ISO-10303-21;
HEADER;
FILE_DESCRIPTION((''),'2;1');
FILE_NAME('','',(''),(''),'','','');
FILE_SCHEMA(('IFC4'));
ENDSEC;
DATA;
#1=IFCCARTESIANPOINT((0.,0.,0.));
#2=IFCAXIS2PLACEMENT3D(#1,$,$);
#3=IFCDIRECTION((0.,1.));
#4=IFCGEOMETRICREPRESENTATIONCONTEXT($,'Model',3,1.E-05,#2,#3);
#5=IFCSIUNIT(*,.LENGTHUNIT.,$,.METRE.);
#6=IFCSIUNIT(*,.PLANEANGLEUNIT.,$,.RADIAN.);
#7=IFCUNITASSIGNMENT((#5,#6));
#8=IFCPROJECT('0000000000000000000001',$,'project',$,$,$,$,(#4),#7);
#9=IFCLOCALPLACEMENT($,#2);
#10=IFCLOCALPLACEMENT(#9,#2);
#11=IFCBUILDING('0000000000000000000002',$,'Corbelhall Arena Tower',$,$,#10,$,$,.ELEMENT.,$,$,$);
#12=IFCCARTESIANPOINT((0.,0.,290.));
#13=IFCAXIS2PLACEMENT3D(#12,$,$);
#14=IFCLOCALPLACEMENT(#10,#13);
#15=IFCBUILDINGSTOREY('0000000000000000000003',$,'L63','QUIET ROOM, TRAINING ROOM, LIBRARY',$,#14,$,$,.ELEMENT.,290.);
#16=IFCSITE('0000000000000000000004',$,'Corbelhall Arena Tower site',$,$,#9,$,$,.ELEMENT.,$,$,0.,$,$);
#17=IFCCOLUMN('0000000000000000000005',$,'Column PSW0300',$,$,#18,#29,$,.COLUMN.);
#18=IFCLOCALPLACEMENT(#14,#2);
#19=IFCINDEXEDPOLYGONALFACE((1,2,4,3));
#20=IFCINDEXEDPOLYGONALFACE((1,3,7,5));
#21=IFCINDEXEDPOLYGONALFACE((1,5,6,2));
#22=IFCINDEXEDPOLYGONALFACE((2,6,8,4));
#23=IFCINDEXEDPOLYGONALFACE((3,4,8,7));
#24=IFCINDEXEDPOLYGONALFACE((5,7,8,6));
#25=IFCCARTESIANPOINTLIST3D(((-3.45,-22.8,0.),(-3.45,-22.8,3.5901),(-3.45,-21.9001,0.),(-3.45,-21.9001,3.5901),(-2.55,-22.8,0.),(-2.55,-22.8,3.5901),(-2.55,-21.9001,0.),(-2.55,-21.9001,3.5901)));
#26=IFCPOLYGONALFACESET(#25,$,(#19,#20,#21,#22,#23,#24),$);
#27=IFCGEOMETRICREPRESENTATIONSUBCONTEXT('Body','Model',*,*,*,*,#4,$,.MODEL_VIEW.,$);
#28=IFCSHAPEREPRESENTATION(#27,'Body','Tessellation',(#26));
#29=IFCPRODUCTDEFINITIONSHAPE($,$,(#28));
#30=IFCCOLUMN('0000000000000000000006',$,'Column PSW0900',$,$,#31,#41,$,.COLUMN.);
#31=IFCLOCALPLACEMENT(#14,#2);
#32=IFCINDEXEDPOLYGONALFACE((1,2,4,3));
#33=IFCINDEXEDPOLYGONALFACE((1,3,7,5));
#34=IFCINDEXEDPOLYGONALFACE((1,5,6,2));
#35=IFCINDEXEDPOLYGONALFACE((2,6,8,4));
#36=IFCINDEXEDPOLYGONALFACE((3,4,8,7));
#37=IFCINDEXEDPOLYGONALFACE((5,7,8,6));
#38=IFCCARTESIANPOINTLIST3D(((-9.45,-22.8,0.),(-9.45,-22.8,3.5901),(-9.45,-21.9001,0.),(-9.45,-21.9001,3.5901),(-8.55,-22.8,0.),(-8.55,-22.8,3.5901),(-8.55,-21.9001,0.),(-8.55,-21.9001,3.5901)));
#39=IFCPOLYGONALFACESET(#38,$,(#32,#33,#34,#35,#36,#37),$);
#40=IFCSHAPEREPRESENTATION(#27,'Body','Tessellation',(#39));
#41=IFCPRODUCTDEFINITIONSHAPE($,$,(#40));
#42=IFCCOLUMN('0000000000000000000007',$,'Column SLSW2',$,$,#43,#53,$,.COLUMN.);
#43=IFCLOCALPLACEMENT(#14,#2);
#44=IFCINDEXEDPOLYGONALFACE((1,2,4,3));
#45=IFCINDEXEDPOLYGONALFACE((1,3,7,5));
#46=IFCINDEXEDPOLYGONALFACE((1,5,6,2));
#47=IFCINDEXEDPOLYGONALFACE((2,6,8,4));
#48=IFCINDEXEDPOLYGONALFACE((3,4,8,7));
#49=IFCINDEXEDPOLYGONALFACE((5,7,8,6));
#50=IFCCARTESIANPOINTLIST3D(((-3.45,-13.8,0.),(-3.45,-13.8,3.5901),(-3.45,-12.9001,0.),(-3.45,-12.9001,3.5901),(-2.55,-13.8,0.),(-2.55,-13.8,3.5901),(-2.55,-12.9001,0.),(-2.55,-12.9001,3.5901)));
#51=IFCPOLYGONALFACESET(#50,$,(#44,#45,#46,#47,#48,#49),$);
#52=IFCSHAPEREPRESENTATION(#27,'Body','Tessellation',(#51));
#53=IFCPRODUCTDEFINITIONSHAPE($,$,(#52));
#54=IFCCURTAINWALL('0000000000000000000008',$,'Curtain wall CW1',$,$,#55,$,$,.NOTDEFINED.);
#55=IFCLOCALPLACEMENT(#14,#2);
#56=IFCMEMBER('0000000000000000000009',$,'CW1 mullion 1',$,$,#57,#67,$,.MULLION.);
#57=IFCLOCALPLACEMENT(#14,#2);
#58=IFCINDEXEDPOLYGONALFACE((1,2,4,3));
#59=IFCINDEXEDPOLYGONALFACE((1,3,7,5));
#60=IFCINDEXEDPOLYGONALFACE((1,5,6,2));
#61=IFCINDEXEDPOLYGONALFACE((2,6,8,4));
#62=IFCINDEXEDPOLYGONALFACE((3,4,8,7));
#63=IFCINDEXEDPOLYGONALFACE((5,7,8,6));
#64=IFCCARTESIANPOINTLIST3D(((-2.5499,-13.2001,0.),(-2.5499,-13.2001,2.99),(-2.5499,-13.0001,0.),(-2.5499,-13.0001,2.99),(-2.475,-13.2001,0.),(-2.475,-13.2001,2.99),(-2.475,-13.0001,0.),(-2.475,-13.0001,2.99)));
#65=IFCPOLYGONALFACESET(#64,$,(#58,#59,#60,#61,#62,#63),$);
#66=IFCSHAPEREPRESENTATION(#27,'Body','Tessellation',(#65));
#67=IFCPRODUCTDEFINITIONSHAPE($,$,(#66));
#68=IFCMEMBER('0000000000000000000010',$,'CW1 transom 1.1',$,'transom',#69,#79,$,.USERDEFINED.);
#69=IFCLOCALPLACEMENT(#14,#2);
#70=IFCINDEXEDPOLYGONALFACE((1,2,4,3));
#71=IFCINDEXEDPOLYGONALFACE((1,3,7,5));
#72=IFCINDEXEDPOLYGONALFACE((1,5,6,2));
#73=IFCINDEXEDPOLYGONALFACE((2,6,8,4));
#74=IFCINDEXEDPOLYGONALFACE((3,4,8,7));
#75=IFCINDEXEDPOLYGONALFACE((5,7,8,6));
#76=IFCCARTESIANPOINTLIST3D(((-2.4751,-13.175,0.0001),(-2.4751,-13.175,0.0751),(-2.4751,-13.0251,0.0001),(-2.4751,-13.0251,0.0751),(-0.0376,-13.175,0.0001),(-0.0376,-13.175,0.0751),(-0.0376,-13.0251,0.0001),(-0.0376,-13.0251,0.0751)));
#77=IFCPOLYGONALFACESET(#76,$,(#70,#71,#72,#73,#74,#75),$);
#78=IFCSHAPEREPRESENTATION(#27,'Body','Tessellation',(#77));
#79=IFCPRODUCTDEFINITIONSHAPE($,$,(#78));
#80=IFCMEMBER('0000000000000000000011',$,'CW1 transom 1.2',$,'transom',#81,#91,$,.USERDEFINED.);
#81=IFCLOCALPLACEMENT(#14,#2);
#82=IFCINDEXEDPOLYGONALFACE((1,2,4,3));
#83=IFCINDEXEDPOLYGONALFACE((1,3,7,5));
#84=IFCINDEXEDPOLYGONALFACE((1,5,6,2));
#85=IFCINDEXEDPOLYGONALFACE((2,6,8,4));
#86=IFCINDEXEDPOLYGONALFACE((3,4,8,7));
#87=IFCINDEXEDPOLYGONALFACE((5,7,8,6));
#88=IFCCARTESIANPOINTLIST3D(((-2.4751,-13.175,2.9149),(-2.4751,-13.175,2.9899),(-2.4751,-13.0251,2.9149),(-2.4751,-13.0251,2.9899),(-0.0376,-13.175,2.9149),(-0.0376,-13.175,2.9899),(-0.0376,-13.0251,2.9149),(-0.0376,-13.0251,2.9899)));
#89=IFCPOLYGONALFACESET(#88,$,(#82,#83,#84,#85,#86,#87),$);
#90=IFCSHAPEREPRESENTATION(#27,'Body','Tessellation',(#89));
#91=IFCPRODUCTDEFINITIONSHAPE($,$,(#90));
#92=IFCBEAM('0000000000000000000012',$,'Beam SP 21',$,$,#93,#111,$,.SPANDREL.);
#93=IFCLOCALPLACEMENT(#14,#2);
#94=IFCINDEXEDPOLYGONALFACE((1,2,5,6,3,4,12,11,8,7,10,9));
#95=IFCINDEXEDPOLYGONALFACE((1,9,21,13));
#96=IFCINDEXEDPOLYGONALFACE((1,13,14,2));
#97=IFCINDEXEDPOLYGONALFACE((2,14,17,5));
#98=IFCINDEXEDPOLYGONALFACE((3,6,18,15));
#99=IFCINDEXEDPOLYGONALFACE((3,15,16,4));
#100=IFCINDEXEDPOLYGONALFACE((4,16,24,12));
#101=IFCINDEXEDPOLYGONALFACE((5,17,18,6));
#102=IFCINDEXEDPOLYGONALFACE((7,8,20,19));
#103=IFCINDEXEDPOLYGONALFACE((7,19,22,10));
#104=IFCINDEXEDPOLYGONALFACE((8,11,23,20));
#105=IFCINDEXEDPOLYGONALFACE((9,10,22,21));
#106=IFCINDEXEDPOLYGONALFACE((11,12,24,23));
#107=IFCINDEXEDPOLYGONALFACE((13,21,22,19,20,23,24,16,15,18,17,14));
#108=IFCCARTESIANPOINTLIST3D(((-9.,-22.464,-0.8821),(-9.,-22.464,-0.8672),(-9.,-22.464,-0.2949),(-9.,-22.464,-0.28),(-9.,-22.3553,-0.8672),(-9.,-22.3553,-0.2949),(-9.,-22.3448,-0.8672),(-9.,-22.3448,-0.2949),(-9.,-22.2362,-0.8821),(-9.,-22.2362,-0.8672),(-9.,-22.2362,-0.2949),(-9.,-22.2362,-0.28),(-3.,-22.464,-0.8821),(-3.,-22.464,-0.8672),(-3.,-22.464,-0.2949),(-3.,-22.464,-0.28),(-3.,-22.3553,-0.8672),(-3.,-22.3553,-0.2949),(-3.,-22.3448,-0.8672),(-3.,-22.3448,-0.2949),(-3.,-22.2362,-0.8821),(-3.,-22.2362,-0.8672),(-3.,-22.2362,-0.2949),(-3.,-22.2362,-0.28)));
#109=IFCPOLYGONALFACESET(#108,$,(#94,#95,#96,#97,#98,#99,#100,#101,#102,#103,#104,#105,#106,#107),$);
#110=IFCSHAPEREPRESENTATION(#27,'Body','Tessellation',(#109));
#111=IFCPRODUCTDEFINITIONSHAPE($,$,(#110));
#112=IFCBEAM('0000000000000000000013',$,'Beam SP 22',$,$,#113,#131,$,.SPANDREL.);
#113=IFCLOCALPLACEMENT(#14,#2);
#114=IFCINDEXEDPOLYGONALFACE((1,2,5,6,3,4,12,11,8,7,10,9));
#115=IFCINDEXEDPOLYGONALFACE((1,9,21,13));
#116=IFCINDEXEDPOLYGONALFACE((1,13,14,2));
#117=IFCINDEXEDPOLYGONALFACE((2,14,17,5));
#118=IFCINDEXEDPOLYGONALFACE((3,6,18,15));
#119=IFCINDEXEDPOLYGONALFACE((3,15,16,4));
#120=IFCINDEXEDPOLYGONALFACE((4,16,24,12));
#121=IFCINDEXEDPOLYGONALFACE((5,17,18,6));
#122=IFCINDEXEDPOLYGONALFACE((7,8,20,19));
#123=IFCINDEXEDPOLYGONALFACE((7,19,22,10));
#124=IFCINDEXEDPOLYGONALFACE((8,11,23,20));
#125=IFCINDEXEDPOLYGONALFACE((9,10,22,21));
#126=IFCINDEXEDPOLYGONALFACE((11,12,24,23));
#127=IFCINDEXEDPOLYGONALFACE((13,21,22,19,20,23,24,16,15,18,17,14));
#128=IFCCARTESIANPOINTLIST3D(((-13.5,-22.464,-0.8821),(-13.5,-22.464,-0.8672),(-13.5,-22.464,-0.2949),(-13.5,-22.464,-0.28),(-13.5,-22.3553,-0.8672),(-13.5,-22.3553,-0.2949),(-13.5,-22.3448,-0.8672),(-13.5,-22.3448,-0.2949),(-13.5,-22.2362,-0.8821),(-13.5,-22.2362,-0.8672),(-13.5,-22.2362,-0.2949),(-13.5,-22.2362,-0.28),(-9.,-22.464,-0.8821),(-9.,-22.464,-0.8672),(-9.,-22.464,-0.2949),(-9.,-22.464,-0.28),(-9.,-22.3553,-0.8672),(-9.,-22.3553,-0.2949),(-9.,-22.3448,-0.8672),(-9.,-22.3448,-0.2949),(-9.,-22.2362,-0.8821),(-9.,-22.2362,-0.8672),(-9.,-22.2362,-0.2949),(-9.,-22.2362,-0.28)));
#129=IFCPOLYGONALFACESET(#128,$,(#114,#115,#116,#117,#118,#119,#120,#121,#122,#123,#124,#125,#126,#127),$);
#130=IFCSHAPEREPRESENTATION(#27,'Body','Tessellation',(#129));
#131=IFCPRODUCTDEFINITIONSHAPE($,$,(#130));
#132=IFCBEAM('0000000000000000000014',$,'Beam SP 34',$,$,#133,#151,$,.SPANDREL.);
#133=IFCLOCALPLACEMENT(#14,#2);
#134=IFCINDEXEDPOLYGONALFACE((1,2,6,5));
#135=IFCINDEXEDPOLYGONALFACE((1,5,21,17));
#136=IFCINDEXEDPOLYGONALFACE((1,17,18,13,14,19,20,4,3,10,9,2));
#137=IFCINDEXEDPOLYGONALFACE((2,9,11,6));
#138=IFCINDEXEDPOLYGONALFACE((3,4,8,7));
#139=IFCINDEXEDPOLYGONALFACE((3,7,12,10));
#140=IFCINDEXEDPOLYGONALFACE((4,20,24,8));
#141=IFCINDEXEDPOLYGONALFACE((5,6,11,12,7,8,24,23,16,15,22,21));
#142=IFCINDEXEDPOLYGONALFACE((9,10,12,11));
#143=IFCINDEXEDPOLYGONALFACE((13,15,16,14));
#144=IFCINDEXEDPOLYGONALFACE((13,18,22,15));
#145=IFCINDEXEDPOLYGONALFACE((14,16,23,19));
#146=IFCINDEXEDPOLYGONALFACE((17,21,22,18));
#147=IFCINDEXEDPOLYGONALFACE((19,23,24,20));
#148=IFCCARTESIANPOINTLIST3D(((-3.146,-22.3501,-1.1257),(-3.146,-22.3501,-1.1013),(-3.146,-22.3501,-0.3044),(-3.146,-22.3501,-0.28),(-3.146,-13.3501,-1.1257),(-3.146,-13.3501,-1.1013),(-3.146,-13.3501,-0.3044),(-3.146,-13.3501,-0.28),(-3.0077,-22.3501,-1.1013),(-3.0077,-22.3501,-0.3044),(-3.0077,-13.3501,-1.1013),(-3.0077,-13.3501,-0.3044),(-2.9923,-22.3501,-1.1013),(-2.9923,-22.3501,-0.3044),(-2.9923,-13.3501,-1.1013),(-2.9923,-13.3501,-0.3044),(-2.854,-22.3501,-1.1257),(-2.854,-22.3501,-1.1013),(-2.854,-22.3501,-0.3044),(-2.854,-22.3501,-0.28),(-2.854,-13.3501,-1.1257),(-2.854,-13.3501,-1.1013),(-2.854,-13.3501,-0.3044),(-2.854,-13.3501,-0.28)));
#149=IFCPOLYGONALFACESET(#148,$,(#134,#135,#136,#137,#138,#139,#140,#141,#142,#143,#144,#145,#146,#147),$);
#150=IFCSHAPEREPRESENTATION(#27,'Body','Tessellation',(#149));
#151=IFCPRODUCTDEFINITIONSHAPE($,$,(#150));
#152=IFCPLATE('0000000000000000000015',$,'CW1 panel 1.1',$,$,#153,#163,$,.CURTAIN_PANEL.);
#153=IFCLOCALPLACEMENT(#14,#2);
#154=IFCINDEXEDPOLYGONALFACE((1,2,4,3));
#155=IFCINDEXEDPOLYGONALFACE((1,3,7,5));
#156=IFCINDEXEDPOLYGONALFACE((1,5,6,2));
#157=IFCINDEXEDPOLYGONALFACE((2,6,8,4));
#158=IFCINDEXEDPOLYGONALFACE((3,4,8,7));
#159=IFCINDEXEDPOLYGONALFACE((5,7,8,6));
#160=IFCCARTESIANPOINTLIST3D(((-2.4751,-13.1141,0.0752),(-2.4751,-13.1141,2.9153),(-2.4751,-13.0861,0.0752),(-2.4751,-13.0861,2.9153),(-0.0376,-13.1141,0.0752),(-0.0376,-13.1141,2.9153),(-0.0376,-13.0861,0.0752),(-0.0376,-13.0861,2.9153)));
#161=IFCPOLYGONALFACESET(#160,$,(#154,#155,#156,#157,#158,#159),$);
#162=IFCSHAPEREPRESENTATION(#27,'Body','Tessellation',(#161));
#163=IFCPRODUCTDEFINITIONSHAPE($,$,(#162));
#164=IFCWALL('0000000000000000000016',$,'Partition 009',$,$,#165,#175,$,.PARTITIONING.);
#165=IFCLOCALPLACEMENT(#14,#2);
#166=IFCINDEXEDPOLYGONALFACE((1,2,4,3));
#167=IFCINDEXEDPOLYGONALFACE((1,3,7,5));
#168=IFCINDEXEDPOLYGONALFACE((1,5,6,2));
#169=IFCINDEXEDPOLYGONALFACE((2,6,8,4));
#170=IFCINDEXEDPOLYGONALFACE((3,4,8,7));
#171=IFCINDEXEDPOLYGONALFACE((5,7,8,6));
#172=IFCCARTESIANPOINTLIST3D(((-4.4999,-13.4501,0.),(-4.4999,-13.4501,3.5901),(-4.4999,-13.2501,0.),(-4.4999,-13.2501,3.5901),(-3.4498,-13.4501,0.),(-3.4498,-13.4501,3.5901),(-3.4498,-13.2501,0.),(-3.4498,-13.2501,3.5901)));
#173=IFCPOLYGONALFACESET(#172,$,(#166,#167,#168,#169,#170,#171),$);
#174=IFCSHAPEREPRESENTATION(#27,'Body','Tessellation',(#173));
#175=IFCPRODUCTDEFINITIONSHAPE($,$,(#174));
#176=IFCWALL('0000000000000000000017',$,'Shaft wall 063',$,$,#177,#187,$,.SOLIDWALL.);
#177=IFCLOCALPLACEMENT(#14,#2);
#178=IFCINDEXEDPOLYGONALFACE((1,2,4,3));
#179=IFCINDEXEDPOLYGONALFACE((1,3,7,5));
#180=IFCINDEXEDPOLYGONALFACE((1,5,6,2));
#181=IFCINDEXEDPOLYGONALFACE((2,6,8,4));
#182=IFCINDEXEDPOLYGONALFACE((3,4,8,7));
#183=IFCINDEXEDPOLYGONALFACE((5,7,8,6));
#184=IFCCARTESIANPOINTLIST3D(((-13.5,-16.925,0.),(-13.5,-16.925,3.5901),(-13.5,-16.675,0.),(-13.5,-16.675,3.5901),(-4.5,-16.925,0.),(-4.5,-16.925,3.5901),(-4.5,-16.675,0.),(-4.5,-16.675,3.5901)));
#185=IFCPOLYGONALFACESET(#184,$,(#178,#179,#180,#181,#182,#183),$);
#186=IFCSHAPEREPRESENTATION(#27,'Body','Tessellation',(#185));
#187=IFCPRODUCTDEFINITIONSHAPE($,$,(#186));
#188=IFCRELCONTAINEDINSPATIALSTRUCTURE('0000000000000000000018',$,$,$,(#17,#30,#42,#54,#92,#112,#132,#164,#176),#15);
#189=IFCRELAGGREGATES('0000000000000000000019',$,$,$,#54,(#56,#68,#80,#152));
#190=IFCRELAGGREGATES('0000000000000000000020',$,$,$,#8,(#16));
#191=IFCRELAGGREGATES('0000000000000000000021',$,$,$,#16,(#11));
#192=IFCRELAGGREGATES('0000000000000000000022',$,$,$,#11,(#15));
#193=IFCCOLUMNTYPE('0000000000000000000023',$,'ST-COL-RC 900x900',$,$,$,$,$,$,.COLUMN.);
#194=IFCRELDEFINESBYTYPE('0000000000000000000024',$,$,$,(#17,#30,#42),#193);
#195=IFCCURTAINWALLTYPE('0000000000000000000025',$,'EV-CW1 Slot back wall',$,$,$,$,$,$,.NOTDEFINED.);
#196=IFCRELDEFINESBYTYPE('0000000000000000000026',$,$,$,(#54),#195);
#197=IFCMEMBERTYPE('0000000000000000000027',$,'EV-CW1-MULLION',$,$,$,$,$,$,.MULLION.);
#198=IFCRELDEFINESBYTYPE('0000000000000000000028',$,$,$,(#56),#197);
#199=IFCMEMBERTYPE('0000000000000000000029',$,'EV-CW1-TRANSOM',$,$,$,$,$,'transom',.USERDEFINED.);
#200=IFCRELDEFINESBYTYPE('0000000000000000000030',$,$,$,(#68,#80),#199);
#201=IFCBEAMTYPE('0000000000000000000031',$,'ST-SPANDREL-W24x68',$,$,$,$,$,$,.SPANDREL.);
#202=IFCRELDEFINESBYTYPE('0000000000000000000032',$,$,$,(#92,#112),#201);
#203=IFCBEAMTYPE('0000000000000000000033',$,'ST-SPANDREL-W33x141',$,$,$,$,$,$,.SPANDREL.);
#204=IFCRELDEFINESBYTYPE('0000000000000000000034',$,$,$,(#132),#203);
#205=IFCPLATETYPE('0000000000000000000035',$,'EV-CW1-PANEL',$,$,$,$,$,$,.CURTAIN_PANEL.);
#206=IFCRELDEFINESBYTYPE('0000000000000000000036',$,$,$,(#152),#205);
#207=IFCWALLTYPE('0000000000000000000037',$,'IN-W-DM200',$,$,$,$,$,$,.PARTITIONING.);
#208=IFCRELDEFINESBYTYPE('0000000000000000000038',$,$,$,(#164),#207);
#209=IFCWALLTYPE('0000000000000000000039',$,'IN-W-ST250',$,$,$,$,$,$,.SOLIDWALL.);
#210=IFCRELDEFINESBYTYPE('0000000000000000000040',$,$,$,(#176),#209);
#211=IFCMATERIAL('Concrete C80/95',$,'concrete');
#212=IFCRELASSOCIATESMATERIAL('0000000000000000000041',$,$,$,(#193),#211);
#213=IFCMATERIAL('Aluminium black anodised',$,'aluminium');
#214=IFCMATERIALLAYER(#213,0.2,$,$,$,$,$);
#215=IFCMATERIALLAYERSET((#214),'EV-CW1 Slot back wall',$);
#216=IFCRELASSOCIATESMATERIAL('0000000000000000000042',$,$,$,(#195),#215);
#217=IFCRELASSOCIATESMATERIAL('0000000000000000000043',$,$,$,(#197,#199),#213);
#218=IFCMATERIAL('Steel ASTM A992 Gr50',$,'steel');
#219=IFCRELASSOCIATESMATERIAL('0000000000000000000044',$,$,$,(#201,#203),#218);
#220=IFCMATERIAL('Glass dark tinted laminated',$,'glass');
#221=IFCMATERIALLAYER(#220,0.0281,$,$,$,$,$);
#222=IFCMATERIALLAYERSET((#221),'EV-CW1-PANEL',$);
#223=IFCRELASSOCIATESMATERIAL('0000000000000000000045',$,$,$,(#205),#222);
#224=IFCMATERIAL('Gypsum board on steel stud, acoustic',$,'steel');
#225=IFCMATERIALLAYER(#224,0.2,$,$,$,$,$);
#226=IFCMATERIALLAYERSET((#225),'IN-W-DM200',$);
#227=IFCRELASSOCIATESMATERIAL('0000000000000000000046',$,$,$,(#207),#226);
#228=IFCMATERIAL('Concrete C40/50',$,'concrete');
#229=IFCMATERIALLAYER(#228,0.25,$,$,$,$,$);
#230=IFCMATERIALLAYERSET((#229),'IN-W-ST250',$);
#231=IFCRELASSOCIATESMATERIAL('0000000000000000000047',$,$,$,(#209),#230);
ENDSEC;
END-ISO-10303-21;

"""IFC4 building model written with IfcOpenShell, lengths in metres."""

from ifc_helpers import new_model, si_unit, direction, frame, frame_2d, origin, origin_2d, place, context, subcontext, project, spatial, rectangle, i_section, extrude, material, layer, layer_set, material_profile, profile_set, type_object, element, aggregate, save


model = new_model("IFC4")

# Units and contexts
model_context = context("Model", 3, precision=1e-05, world=origin(), true_north=direction((0.0, 1.0)))
body_context = subcontext(model_context, "Body", "Model", "MODEL_VIEW")
ifc_project = project(units=[si_unit("LENGTHUNIT", "METRE"), si_unit("PLANEANGLEUNIT", "RADIAN")], contexts=[model_context])

# Site, building, storey
site_placement = place(None, origin())
site = spatial("IfcSite", under=ifc_project, at=site_placement, Name="Corbelhall Arena Tower site", CompositionType="ELEMENT", RefElevation=0.0)
building_placement = place(site_placement, origin())
building = spatial("IfcBuilding", under=site, at=building_placement, Name="Corbelhall Arena Tower", CompositionType="ELEMENT")
storey_placement = place(building_placement, frame((0.0, 0.0, 290.0)))
storey = spatial("IfcBuildingStorey", under=building, at=storey_placement, Name="L63", Description="QUIET ROOM, TRAINING ROOM, LIBRARY", CompositionType="ELEMENT", Elevation=290.0)

# Columns
ifc_material_1 = material(Name="Concrete C80/95", Category="concrete")
ifc_material_profile_1 = material_profile(ifc_material_1, rectangle(XDim=0.8999, YDim=0.8999, at=origin_2d()))
ifc_profile_set_1 = profile_set([ifc_material_profile_1], Name="Concrete C80/95")
column_type = type_object("IfcColumnType", Name="ST-COL-RC 900x900", PredefinedType="COLUMN", material=ifc_profile_set_1)
for number, where, z_axis, x_axis, name in (
    (1, (-3.0, -22.3501, 0.0), (0.0, 0.0, 1.0), (1.0, 0.0, 0.0), "Column PSW0300"),
    (2, (-9.0, -22.3501, 0.0), (0.0, 0.0, 1.0), (1.0, 0.0, 0.0), "Column PSW0900"),
    (3, (-3.0, -13.3501, 0.0), (0.0, 0.0, 1.0), (1.0, 0.0, 0.0), "Column SLSW2"),
):
    element("IfcColumn", number, at=place(storey_placement, frame(where, z_axis=z_axis, x_axis=x_axis)), inside=storey, type_object=column_type, Name=name, PredefinedType="COLUMN", context=body_context, shape_type="SweptSolid", body=[
        extrude(rectangle(XDim=0.8999, YDim=0.8999, at=origin_2d()), origin(), (0.0, 0.0, 1.0), 3.5901),
    ])

# Curtain wall, members
ifc_material_2 = material(Name="Aluminium black anodised", Category="aluminium")
ifc_layer_1 = layer(ifc_material_2, 0.2)
ifc_layer_set_1 = layer_set([ifc_layer_1], Name="EV-CW1 Slot back wall")
curtain_wall_type = type_object("IfcCurtainWallType", Name="EV-CW1 Slot back wall", PredefinedType="NOTDEFINED", material=ifc_layer_set_1)
curtain_wall_placement = place(storey_placement, origin())
curtain_wall = element("IfcCurtainWall", 4, at=curtain_wall_placement, inside=storey, type_object=curtain_wall_type, Name="Curtain wall CW1", PredefinedType="NOTDEFINED")
ifc_material_profile_2 = material_profile(ifc_material_2, rectangle(XDim=0.2, YDim=0.075, at=origin_2d()))
ifc_profile_set_2 = profile_set([ifc_material_profile_2], Name="Aluminium black anodised")
member_type_1 = type_object("IfcMemberType", Name="EV-CW1-MULLION", PredefinedType="MULLION", material=ifc_profile_set_2)
member_1_placement = place(storey_placement, frame((-2.5125, -13.1001, 0.0), z_axis=(0.0, 0.0, 1.0), x_axis=(0.0, 1.0, 0.0)))
member_1 = element("IfcMember", 5, at=member_1_placement, type_object=member_type_1, Name="CW1 mullion 1", PredefinedType="MULLION", context=body_context, shape_type="SweptSolid", body=[
    extrude(rectangle(XDim=0.2, YDim=0.075, at=origin_2d()), origin(), (0.0, 0.0, 1.0), 2.99),
])
ifc_material_profile_3 = material_profile(ifc_material_2, rectangle(XDim=0.1499, YDim=0.075, at=origin_2d()))
ifc_profile_set_3 = profile_set([ifc_material_profile_3], Name="Aluminium black anodised")
member_type_2 = type_object("IfcMemberType", Name="EV-CW1-TRANSOM", ElementType="transom", PredefinedType="USERDEFINED", material=ifc_profile_set_3)
member_2_placement = place(storey_placement, frame((-2.4751, -13.1001, 0.0376), z_axis=(1.0, 0.0, 0.0), x_axis=(0.0, 1.0, 0.0)))
member_2 = element("IfcMember", 6, at=member_2_placement, type_object=member_type_2, Name="CW1 transom 1.1", ObjectType="transom", PredefinedType="USERDEFINED", context=body_context, shape_type="SweptSolid", body=[
    extrude(rectangle(XDim=0.1499, YDim=0.075, at=origin_2d()), origin(), (0.0, 0.0, 1.0), 2.4375),
])
member_3_placement = place(storey_placement, frame((-2.4751, -13.1001, 2.9524), z_axis=(1.0, 0.0, 0.0), x_axis=(0.0, 1.0, 0.0)))
member_3 = element("IfcMember", 7, at=member_3_placement, type_object=member_type_2, Name="CW1 transom 1.2", ObjectType="transom", PredefinedType="USERDEFINED", context=body_context, shape_type="SweptSolid", body=[
    extrude(rectangle(XDim=0.1499, YDim=0.075, at=origin_2d()), origin(), (0.0, 0.0, 1.0), 2.4375),
])

# Beams
ifc_material_3 = material(Name="Steel ASTM A992 Gr50", Category="steel")
ifc_material_profile_4 = material_profile(ifc_material_3, i_section(OverallWidth=0.2278, OverallDepth=0.6021, WebThickness=0.0105, FlangeThickness=0.0149, at=origin_2d()))
ifc_profile_set_4 = profile_set([ifc_material_profile_4], Name="Steel ASTM A992 Gr50")
beam_type_1 = type_object("IfcBeamType", Name="ST-SPANDREL-W24x68", PredefinedType="SPANDREL", material=ifc_profile_set_4)
beam_1_placement = place(storey_placement, frame((-3.0, -22.3501, -0.5811), z_axis=(-1.0, 0.0, 0.0), x_axis=(0.0, -1.0, 0.0)))
element("IfcBeam", 8, at=beam_1_placement, inside=storey, type_object=beam_type_1, Name="Beam SP 21", PredefinedType="SPANDREL", context=body_context, shape_type="SweptSolid", body=[
    extrude(i_section(OverallWidth=0.2278, OverallDepth=0.6021, WebThickness=0.0105, FlangeThickness=0.0149, at=origin_2d()), origin(), (0.0, 0.0, 1.0), 6.0),
])
beam_2_placement = place(storey_placement, frame((-9.0, -22.3501, -0.5811), z_axis=(-1.0, 0.0, 0.0), x_axis=(0.0, -1.0, 0.0)))
element("IfcBeam", 9, at=beam_2_placement, inside=storey, type_object=beam_type_1, Name="Beam SP 22", PredefinedType="SPANDREL", context=body_context, shape_type="SweptSolid", body=[
    extrude(i_section(OverallWidth=0.2278, OverallDepth=0.6021, WebThickness=0.0105, FlangeThickness=0.0149, at=origin_2d()), origin(), (0.0, 0.0, 1.0), 4.5),
])
ifc_material_profile_5 = material_profile(ifc_material_3, i_section(OverallWidth=0.292, OverallDepth=0.8457, WebThickness=0.0154, FlangeThickness=0.0244, at=origin_2d()))
ifc_profile_set_5 = profile_set([ifc_material_profile_5], Name="Steel ASTM A992 Gr50")
beam_type_2 = type_object("IfcBeamType", Name="ST-SPANDREL-W33x141", PredefinedType="SPANDREL", material=ifc_profile_set_5)
beam_3_placement = place(storey_placement, frame((-3.0, -13.3501, -0.7029), z_axis=(0.0, -1.0, 0.0), x_axis=(1.0, 0.0, 0.0)))
element("IfcBeam", 10, at=beam_3_placement, inside=storey, type_object=beam_type_2, Name="Beam SP 34", PredefinedType="SPANDREL", context=body_context, shape_type="SweptSolid", body=[
    extrude(i_section(OverallWidth=0.292, OverallDepth=0.8457, WebThickness=0.0154, FlangeThickness=0.0244, at=origin_2d()), origin(), (0.0, 0.0, 1.0), 9.0),
])

# Plate
ifc_material_4 = material(Name="Glass dark tinted laminated", Category="glass")
ifc_layer_2 = layer(ifc_material_4, 0.0281)
ifc_layer_set_2 = layer_set([ifc_layer_2], Name="EV-CW1-PANEL")
plate_type = type_object("IfcPlateType", Name="EV-CW1-PANEL", PredefinedType="CURTAIN_PANEL", material=ifc_layer_set_2)
plate_placement = place(storey_placement, frame((-1.2563, -13.1001, 0.0752), z_axis=(0.0, 0.0, 1.0), x_axis=(1.0, 0.0, 0.0)))
plate = element("IfcPlate", 11, at=plate_placement, type_object=plate_type, Name="CW1 panel 1.1", PredefinedType="CURTAIN_PANEL", context=body_context, shape_type="SweptSolid", body=[
    extrude(rectangle(XDim=2.4375, YDim=0.0281, at=origin_2d()), origin(), (0.0, 0.0, 1.0), 2.8401),
])
aggregate(curtain_wall, [member_1, member_2, member_3, plate])

# Shared definitions
ifc_material_5 = material(Name="Gypsum board on steel stud, acoustic", Category="steel")
ifc_layer_3 = layer(ifc_material_5, 0.2)
ifc_layer_set_3 = layer_set([ifc_layer_3], Name="IN-W-DM200")
wall_type_1 = type_object("IfcWallType", Name="IN-W-DM200", PredefinedType="PARTITIONING", material=ifc_layer_set_3)

# Walls
wall_1_placement = place(storey_placement, frame((-3.45, -13.3501, 0.0), z_axis=(0.0, 0.0, 1.0), x_axis=(-1.0, 0.0, 0.0)))
element("IfcWall", 12, at=wall_1_placement, inside=storey, type_object=wall_type_1, Name="Partition 009", PredefinedType="PARTITIONING", context=body_context, shape_type="SweptSolid", body=[
    extrude(rectangle(XDim=1.05, YDim=0.2, at=frame_2d((0.5249, 0.0))), origin(), (0.0, 0.0, 1.0), 3.5901),
])
ifc_material_6 = material(Name="Concrete C40/50", Category="concrete")
ifc_layer_4 = layer(ifc_material_6, 0.25)
ifc_layer_set_4 = layer_set([ifc_layer_4], Name="IN-W-ST250")
wall_type_2 = type_object("IfcWallType", Name="IN-W-ST250", PredefinedType="SOLIDWALL", material=ifc_layer_set_4)
wall_2_placement = place(storey_placement, frame((-4.5, -16.8, 0.0), z_axis=(0.0, 0.0, 1.0), x_axis=(-1.0, 0.0, 0.0)))
element("IfcWall", 13, at=wall_2_placement, inside=storey, type_object=wall_type_2, Name="Shaft wall 063", PredefinedType="SOLIDWALL", context=body_context, shape_type="SweptSolid", body=[
    extrude(rectangle(XDim=9.0, YDim=0.25, at=frame_2d((4.5, 0.0))), origin(), (0.0, 0.0, 1.0), 3.5901),
])

save(model, "model.ifc")
